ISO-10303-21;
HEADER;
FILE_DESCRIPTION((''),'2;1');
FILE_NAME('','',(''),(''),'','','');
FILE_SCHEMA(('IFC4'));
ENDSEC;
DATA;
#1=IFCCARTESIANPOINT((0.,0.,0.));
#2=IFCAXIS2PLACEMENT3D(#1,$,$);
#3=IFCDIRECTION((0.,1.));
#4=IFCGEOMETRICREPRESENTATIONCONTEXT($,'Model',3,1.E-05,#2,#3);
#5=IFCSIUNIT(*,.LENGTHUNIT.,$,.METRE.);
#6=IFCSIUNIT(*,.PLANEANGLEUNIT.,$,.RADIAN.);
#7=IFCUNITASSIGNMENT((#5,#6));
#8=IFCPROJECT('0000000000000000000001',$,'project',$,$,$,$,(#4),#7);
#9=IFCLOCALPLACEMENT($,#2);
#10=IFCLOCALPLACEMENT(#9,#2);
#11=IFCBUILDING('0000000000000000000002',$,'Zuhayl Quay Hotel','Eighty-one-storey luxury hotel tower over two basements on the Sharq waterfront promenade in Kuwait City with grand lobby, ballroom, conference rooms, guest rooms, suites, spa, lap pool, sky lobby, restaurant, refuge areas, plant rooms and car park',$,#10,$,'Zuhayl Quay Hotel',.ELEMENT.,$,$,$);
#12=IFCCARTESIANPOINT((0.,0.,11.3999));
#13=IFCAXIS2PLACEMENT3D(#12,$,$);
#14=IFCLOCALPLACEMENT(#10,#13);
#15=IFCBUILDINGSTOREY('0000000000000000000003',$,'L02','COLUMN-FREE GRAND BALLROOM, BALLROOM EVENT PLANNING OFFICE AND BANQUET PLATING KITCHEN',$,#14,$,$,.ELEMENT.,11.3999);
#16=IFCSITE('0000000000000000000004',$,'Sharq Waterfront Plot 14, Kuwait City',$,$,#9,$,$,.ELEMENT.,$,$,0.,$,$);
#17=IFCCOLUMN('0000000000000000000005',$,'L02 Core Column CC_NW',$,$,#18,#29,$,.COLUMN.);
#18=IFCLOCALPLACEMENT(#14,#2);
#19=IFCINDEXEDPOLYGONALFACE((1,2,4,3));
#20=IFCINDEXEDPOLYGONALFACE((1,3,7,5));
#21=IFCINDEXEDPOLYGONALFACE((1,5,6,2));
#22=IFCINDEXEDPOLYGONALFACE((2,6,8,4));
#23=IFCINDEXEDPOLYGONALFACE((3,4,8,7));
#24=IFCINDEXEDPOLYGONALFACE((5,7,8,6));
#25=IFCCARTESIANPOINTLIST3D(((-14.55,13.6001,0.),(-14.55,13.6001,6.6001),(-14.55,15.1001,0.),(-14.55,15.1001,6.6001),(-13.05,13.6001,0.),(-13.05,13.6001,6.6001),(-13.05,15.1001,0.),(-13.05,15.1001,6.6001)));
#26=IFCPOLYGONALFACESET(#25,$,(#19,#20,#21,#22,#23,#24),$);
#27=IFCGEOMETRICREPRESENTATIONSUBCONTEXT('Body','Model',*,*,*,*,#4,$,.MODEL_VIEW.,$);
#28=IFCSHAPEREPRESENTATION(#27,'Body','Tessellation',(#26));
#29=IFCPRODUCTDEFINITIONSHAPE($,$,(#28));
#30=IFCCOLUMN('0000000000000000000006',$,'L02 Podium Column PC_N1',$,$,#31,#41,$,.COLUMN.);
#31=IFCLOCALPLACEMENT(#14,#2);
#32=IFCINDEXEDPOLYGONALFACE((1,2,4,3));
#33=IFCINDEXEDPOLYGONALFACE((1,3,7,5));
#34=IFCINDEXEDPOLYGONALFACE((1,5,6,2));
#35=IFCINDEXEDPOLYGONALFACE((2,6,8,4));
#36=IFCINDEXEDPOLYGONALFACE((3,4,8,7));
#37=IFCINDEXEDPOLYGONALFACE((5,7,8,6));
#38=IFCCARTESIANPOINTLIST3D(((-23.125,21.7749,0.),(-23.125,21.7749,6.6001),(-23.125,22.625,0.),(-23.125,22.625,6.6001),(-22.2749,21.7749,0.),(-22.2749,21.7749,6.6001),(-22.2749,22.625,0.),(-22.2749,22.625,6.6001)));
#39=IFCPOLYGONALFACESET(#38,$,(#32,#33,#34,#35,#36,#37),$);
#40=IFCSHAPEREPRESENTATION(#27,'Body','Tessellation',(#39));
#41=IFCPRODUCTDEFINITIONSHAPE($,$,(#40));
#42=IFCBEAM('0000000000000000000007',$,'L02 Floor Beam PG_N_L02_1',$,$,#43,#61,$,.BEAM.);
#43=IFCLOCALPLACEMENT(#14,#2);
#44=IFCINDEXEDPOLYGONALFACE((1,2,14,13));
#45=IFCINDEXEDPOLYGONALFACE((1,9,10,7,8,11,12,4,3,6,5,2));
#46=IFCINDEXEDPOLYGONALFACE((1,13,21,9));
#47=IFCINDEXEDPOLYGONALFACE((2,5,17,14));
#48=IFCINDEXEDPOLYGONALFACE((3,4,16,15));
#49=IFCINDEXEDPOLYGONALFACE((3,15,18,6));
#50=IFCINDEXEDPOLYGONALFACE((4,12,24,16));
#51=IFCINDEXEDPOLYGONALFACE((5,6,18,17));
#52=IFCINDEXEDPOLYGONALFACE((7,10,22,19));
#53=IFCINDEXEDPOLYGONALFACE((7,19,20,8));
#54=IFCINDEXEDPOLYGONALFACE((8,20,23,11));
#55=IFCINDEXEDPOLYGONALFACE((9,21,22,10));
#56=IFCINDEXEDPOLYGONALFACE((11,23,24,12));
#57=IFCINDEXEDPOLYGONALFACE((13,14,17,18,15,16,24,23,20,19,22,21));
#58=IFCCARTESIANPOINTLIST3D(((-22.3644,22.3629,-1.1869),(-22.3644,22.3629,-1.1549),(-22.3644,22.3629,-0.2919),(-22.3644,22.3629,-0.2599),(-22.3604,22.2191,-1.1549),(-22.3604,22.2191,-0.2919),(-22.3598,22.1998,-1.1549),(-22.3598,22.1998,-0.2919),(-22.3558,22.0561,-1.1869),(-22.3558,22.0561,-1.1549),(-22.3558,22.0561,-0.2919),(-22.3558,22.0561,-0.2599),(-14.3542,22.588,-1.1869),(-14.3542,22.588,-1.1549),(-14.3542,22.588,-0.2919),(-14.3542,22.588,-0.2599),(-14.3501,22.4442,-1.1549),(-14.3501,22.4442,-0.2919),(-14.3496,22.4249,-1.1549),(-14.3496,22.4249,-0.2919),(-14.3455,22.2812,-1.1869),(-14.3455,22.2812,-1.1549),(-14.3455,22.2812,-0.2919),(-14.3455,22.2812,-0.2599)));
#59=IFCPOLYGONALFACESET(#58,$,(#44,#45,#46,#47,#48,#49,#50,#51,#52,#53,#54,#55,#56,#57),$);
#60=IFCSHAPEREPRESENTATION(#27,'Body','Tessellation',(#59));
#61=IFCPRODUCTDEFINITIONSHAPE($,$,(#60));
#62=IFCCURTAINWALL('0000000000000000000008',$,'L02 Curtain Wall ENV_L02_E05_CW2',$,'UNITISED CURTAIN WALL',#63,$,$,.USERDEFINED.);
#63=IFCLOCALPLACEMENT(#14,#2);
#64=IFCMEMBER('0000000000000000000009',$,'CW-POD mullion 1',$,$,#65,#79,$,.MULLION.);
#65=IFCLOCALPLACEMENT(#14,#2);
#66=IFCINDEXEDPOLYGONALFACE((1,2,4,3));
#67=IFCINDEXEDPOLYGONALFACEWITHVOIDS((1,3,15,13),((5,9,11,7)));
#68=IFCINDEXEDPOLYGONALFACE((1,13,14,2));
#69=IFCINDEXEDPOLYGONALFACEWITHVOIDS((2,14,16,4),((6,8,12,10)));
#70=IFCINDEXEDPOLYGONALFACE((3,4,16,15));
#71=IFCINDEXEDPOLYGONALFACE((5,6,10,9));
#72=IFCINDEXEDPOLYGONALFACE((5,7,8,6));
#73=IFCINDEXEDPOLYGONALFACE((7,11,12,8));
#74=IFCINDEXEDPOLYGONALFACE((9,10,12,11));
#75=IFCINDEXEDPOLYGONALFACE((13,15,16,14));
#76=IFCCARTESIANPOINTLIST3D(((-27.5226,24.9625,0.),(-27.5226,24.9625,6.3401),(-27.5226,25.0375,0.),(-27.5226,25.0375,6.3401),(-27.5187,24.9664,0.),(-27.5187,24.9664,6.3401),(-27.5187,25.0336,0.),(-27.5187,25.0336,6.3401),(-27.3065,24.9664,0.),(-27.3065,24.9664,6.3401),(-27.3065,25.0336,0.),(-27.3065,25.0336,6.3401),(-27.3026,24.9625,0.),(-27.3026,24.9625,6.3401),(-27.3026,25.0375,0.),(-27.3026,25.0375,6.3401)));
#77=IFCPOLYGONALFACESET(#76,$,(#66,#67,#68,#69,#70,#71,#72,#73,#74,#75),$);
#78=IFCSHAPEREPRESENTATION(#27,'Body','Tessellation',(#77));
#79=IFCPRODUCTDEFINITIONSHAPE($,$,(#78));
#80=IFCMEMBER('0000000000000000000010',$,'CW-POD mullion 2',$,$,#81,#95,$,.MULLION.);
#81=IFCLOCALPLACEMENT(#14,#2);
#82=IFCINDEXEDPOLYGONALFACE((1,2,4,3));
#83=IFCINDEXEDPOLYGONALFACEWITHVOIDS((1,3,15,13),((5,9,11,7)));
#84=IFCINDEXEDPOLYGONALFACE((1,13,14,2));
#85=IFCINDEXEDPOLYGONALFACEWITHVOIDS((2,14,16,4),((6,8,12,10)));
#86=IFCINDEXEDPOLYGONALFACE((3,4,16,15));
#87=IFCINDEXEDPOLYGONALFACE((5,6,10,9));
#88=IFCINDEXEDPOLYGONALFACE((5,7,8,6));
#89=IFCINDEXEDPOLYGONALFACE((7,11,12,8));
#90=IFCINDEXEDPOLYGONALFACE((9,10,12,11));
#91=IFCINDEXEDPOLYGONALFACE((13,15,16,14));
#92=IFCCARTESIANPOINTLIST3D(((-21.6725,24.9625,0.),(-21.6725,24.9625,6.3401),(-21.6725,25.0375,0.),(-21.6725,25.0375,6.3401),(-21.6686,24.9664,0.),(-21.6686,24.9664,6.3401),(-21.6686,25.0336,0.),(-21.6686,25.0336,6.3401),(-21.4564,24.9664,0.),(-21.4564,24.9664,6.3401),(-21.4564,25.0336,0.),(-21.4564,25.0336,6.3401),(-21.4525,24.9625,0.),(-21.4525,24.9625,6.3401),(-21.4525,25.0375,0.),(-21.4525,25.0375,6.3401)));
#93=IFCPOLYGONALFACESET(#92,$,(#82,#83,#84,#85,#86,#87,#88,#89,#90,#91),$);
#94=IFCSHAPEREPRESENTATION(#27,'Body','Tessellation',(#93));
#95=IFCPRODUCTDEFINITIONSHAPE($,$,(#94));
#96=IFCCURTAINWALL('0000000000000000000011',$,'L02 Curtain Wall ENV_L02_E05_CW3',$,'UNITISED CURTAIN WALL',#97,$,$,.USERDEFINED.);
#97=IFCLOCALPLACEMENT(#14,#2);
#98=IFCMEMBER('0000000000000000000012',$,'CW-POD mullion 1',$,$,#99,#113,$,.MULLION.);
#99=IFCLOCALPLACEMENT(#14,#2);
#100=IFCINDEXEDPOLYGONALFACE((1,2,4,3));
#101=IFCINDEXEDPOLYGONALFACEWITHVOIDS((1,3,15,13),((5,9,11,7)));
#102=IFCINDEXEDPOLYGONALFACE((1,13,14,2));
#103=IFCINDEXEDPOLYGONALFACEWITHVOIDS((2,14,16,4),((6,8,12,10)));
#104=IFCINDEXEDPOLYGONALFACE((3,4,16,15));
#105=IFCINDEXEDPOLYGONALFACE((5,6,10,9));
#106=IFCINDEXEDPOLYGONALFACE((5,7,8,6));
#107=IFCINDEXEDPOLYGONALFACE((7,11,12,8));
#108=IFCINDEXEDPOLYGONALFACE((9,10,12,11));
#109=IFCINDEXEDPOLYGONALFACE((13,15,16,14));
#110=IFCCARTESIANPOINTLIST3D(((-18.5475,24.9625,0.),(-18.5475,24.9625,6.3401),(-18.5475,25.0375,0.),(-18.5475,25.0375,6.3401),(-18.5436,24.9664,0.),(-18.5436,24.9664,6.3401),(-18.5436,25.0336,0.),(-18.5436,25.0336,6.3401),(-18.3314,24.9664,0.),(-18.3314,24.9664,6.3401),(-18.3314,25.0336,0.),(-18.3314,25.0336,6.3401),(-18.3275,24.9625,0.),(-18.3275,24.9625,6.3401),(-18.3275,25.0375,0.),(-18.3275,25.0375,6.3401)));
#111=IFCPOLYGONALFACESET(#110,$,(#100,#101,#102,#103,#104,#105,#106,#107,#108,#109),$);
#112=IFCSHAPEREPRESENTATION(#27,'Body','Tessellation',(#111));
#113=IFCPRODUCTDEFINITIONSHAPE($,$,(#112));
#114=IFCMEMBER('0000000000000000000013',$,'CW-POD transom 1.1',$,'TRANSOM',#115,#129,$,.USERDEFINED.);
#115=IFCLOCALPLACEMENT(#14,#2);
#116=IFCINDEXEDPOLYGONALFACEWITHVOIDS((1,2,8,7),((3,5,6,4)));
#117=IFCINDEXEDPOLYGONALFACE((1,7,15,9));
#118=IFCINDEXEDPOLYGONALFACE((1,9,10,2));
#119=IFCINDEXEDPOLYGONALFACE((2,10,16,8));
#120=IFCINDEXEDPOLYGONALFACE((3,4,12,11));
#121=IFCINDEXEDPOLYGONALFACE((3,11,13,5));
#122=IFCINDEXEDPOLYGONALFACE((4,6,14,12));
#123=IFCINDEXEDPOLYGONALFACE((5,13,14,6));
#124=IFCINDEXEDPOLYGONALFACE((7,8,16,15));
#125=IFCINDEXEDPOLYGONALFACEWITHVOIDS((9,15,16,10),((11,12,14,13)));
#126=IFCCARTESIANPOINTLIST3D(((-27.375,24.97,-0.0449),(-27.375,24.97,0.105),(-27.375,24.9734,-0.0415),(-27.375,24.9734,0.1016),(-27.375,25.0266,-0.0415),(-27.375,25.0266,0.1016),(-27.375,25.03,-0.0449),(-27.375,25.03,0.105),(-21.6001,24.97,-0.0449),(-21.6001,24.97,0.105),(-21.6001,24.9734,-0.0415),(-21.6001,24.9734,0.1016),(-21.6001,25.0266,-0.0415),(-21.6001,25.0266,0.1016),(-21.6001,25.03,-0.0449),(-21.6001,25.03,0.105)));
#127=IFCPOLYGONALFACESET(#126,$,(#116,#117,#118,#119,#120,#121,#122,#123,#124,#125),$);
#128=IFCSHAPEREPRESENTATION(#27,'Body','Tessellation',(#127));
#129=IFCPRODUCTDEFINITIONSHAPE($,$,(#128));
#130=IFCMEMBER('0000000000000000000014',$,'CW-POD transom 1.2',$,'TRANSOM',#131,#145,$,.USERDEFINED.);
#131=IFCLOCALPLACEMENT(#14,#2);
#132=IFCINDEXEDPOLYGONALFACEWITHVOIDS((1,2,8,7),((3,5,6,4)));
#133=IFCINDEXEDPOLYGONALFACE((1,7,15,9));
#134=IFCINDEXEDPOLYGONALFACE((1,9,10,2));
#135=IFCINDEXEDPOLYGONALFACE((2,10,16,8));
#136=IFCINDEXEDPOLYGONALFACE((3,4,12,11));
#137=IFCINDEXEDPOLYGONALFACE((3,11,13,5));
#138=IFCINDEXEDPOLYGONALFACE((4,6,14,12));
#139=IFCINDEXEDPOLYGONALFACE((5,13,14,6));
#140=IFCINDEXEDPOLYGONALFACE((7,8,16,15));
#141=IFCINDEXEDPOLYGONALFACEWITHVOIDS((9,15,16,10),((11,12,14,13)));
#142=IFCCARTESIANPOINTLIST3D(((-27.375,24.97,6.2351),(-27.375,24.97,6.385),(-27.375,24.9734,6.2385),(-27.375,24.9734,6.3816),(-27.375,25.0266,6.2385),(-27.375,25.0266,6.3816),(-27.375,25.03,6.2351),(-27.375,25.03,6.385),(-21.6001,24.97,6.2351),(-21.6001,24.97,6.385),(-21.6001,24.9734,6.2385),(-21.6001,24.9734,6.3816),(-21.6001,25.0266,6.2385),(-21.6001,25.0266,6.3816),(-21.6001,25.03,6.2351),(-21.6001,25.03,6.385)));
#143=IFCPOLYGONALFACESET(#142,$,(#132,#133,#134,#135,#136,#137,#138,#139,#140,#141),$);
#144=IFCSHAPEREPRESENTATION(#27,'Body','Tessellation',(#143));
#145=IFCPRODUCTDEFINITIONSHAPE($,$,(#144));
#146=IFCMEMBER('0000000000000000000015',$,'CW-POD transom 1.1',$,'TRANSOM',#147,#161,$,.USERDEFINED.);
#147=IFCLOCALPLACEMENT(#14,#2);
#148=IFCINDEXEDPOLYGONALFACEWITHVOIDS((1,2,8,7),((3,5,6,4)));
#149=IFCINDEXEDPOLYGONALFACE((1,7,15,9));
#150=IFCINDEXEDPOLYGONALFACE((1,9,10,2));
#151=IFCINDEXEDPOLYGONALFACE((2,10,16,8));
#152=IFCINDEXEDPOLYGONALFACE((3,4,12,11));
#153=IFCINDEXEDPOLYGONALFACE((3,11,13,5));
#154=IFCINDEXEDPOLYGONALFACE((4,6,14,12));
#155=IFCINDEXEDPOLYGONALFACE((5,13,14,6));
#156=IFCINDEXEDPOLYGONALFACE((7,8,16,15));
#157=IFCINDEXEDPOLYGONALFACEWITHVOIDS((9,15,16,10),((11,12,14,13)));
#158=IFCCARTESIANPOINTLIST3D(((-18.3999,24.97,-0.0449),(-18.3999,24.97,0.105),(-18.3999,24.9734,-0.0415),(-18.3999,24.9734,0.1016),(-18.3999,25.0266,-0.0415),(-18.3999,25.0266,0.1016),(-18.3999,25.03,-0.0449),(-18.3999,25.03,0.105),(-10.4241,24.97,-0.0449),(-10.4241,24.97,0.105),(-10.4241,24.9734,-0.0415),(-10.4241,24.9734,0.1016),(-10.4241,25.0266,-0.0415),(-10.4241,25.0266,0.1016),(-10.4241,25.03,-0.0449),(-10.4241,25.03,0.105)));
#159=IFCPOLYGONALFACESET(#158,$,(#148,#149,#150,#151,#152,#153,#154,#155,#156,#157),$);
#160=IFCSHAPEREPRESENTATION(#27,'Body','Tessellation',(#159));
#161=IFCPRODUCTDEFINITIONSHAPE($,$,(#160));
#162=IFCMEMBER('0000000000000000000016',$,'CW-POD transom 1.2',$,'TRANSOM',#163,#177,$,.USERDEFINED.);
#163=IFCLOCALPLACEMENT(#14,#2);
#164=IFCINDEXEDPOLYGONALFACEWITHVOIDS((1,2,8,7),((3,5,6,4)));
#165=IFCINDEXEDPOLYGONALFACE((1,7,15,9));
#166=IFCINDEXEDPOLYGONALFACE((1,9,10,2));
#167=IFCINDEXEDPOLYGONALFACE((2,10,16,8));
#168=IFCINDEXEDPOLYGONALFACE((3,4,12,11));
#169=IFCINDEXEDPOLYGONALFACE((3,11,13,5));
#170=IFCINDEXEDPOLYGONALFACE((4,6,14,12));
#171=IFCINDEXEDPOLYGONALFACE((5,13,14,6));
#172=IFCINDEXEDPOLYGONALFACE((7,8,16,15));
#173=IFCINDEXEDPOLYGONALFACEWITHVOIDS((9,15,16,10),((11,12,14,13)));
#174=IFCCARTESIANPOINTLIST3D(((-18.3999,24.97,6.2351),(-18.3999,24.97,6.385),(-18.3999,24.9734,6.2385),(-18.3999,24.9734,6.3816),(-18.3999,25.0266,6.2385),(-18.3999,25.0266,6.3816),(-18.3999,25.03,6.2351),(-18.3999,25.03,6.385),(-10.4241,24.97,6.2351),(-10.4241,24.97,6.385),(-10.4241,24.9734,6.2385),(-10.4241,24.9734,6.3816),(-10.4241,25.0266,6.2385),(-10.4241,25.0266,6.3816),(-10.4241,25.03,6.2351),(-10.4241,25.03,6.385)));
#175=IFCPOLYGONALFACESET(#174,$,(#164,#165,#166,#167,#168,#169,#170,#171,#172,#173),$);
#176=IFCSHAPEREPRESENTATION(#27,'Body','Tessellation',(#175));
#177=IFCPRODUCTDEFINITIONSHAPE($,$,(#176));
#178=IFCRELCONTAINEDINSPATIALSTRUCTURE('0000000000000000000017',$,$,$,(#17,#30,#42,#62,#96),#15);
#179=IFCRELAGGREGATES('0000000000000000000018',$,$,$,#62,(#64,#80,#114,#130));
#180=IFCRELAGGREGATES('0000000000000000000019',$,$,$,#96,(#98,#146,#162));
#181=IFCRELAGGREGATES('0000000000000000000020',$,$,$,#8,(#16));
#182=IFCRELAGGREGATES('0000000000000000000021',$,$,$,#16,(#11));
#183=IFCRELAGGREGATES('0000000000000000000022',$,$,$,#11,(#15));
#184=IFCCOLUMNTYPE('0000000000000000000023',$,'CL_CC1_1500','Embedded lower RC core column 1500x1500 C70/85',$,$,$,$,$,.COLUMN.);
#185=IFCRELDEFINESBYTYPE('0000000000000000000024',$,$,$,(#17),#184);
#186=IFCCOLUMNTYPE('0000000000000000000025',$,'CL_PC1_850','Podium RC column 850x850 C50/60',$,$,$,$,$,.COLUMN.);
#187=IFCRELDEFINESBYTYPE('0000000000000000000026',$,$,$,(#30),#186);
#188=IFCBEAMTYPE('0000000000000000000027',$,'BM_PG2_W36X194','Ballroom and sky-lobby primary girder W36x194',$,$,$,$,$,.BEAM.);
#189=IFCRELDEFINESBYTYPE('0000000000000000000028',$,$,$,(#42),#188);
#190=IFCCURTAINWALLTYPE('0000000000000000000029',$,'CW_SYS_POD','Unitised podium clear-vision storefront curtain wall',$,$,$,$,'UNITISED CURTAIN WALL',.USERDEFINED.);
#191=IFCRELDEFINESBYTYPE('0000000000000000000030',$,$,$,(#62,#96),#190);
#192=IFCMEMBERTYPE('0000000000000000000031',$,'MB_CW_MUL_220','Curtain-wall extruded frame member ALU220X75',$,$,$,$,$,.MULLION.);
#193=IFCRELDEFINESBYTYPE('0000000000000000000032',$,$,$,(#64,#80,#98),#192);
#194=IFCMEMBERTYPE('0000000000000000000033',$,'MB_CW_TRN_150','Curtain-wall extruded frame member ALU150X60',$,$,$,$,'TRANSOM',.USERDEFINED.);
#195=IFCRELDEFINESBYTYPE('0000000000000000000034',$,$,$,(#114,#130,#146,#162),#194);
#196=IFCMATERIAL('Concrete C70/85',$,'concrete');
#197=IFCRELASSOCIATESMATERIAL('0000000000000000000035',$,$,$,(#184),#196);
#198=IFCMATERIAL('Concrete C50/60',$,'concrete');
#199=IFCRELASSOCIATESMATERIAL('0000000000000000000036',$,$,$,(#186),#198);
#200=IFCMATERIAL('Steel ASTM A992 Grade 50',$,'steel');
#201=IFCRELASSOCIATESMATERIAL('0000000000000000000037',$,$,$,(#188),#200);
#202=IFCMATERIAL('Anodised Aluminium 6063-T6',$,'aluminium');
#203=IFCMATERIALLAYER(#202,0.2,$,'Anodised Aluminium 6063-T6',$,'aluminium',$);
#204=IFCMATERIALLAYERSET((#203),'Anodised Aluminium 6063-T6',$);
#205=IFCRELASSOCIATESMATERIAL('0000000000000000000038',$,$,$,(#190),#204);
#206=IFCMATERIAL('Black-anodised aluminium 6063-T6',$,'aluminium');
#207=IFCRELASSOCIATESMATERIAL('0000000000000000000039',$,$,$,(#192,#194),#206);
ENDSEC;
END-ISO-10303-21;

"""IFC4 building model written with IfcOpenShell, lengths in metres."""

from ifc_helpers import new_model, si_unit, direction, frame, origin, origin_2d, place, context, subcontext, project, spatial, rectangle, hollow_rectangle, i_section, extrude, material, layer, layer_set, material_profile, profile_set, type_object, element, aggregate, save


model = new_model("IFC4")

# Units and contexts
model_context = context("Model", 3, precision=1e-05, world=origin(), true_north=direction((0.0, 1.0)))
body_context = subcontext(model_context, "Body", "Model", "MODEL_VIEW")
ifc_project = project(units=[si_unit("LENGTHUNIT", "METRE"), si_unit("PLANEANGLEUNIT", "RADIAN")], contexts=[model_context])

# Site, building, storey
site_placement = place(None, origin())
site = spatial("IfcSite", under=ifc_project, at=site_placement, Name="Sharq Waterfront Plot 14, Kuwait City", CompositionType="ELEMENT", RefElevation=0.0)
building_placement = place(site_placement, origin())
building = spatial("IfcBuilding", under=site, at=building_placement, Name="Zuhayl Quay Hotel", Description="Eighty-one-storey luxury hotel tower over two basements on the Sharq waterfront promenade in Kuwait City with grand lobby, ballroom, conference rooms, guest rooms, suites, spa, lap pool, sky lobby, restaurant, refuge areas, plant rooms and car park", LongName="Zuhayl Quay Hotel", CompositionType="ELEMENT")
storey_placement = place(building_placement, frame((0.0, 0.0, 11.3999)))
storey = spatial("IfcBuildingStorey", under=building, at=storey_placement, Name="L02", Description="COLUMN-FREE GRAND BALLROOM, BALLROOM EVENT PLANNING OFFICE AND BANQUET PLATING KITCHEN", CompositionType="ELEMENT", Elevation=11.3999)

# Columns
ifc_material_1 = material(Name="Concrete C70/85", Category="concrete")
ifc_material_profile_1 = material_profile(ifc_material_1, rectangle(XDim=1.5, YDim=1.5, at=origin_2d()), Name="RC1500X1500")
ifc_profile_set_1 = profile_set([ifc_material_profile_1], Name="Concrete C70/85")
column_type_1 = type_object("IfcColumnType", Name="CL_CC1_1500", Description="Embedded lower RC core column 1500x1500 C70/85", PredefinedType="COLUMN", material=ifc_profile_set_1)
column_1_placement = place(storey_placement, frame((-13.8, 14.3501, 0.0), z_axis=(0.0, 0.0, 1.0), x_axis=(1.0, 0.0, 0.0)))
element("IfcColumn", 1, at=column_1_placement, inside=storey, type_object=column_type_1, Name="L02 Core Column CC_NW", PredefinedType="COLUMN", context=body_context, shape_type="SweptSolid", body=[
    extrude(rectangle(XDim=1.5, YDim=1.5, at=origin_2d()), origin(), (0.0, 0.0, 1.0), 6.6001),
])
ifc_material_2 = material(Name="Concrete C50/60", Category="concrete")
ifc_material_profile_2 = material_profile(ifc_material_2, rectangle(XDim=0.8501, YDim=0.8501, at=origin_2d()), Name="RC850X850")
ifc_profile_set_2 = profile_set([ifc_material_profile_2], Name="Concrete C50/60")
column_type_2 = type_object("IfcColumnType", Name="CL_PC1_850", Description="Podium RC column 850x850 C50/60", PredefinedType="COLUMN", material=ifc_profile_set_2)
column_2_placement = place(storey_placement, frame((-22.7, 22.2, 0.0), z_axis=(0.0, 0.0, 1.0), x_axis=(1.0, 0.0, 0.0)))
element("IfcColumn", 2, at=column_2_placement, inside=storey, type_object=column_type_2, Name="L02 Podium Column PC_N1", PredefinedType="COLUMN", context=body_context, shape_type="SweptSolid", body=[
    extrude(rectangle(XDim=0.8501, YDim=0.8501, at=origin_2d()), origin(), (0.0, 0.0, 1.0), 6.6001),
])

# Beam
ifc_material_3 = material(Name="Steel ASTM A992 Grade 50", Category="steel")
ifc_material_profile_3 = material_profile(ifc_material_3, i_section(OverallWidth=0.3069, OverallDepth=0.927, WebThickness=0.0193, FlangeThickness=0.032, at=origin_2d()), Name="W36X194")
ifc_profile_set_3 = profile_set([ifc_material_profile_3], Name="Steel ASTM A992 Grade 50")
beam_type = type_object("IfcBeamType", Name="BM_PG2_W36X194", Description="Ballroom and sky-lobby primary girder W36x194", PredefinedType="BEAM", material=ifc_profile_set_3)
beam_placement = place(storey_placement, frame((-22.3601, 22.2095, -0.7234), z_axis=(0.999605, 0.02809, 0.0), x_axis=(-0.02809, 0.999605, 0.0)))
element("IfcBeam", 3, at=beam_placement, inside=storey, type_object=beam_type, Name="L02 Floor Beam PG_N_L02_1", PredefinedType="BEAM", context=body_context, shape_type="SweptSolid", body=[
    extrude(i_section(OverallWidth=0.3069, OverallDepth=0.927, WebThickness=0.0193, FlangeThickness=0.032, at=origin_2d()), origin(), (0.0, 0.0, 1.0), 8.0134),
])

# Curtain wall, members
ifc_material_4 = material(Name="Anodised Aluminium 6063-T6", Category="aluminium")
ifc_layer_1 = layer(ifc_material_4, 0.2, Name="Anodised Aluminium 6063-T6", Category="aluminium")
ifc_layer_set_1 = layer_set([ifc_layer_1], Name="Anodised Aluminium 6063-T6")
curtain_wall_type = type_object("IfcCurtainWallType", Name="CW_SYS_POD", Description="Unitised podium clear-vision storefront curtain wall", ElementType="UNITISED CURTAIN WALL", PredefinedType="USERDEFINED", material=ifc_layer_set_1)
curtain_wall_1_placement = place(storey_placement, origin())
curtain_wall_1 = element("IfcCurtainWall", 4, at=curtain_wall_1_placement, inside=storey, type_object=curtain_wall_type, Name="L02 Curtain Wall ENV_L02_E05_CW2", ObjectType="UNITISED CURTAIN WALL", PredefinedType="USERDEFINED")
ifc_material_5 = material(Name="Black-anodised aluminium 6063-T6", Category="aluminium")
ifc_material_profile_4 = material_profile(ifc_material_5, hollow_rectangle(XDim=0.075, YDim=0.22, WallThickness=0.0039, at=origin_2d()), Name="ALU220X75")
ifc_profile_set_4 = profile_set([ifc_material_profile_4], Name="Black-anodised aluminium 6063-T6")
member_type_1 = type_object("IfcMemberType", Name="MB_CW_MUL_220", Description="Curtain-wall extruded frame member ALU220X75", PredefinedType="MULLION", material=ifc_profile_set_4)
member_1_placement = place(storey_placement, frame((-27.4126, 25.0, 0.0), z_axis=(0.0, 0.0, 1.0), x_axis=(0.0, 1.0, 0.0)))
member_1 = element("IfcMember", 5, at=member_1_placement, type_object=member_type_1, Name="CW-POD mullion 1", PredefinedType="MULLION", context=body_context, shape_type="SweptSolid", body=[
    extrude(hollow_rectangle(XDim=0.075, YDim=0.22, WallThickness=0.0039, at=origin_2d()), origin(), (0.0, 0.0, 1.0), 6.3401),
])
member_2_placement = place(storey_placement, frame((-21.5625, 25.0, 0.0), z_axis=(0.0, 0.0, 1.0), x_axis=(0.0, 1.0, 0.0)))
member_2 = element("IfcMember", 6, at=member_2_placement, type_object=member_type_1, Name="CW-POD mullion 2", PredefinedType="MULLION", context=body_context, shape_type="SweptSolid", body=[
    extrude(hollow_rectangle(XDim=0.075, YDim=0.22, WallThickness=0.0039, at=origin_2d()), origin(), (0.0, 0.0, 1.0), 6.3401),
])

# Curtain wall, member
curtain_wall_2_placement = place(storey_placement, origin())
curtain_wall_2 = element("IfcCurtainWall", 7, at=curtain_wall_2_placement, inside=storey, type_object=curtain_wall_type, Name="L02 Curtain Wall ENV_L02_E05_CW3", ObjectType="UNITISED CURTAIN WALL", PredefinedType="USERDEFINED")
member_3_placement = place(storey_placement, frame((-18.4375, 25.0, 0.0), z_axis=(0.0, 0.0, 1.0), x_axis=(0.0, 1.0, 0.0)))
member_3 = element("IfcMember", 8, at=member_3_placement, type_object=member_type_1, Name="CW-POD mullion 1", PredefinedType="MULLION", context=body_context, shape_type="SweptSolid", body=[
    extrude(hollow_rectangle(XDim=0.075, YDim=0.22, WallThickness=0.0039, at=origin_2d()), origin(), (0.0, 0.0, 1.0), 6.3401),
])

# Members
ifc_material_profile_5 = material_profile(ifc_material_5, hollow_rectangle(XDim=0.0601, YDim=0.1499, WallThickness=0.0034, at=origin_2d()), Name="ALU150X60")
ifc_profile_set_5 = profile_set([ifc_material_profile_5], Name="Black-anodised aluminium 6063-T6")
member_type_2 = type_object("IfcMemberType", Name="MB_CW_TRN_150", Description="Curtain-wall extruded frame member ALU150X60", ElementType="TRANSOM", PredefinedType="USERDEFINED", material=ifc_profile_set_5)
member_4_placement = place(storey_placement, frame((-27.375, 25.0, 0.03), z_axis=(1.0, 0.0, 0.0), x_axis=(0.0, 1.0, 0.0)))
member_4 = element("IfcMember", 9, at=member_4_placement, type_object=member_type_2, Name="CW-POD transom 1.1", ObjectType="TRANSOM", PredefinedType="USERDEFINED", context=body_context, shape_type="SweptSolid", body=[
    extrude(hollow_rectangle(XDim=0.0601, YDim=0.1499, WallThickness=0.0034, at=origin_2d()), origin(), (0.0, 0.0, 1.0), 5.7749),
])
member_5_placement = place(storey_placement, frame((-27.375, 25.0, 6.3101), z_axis=(1.0, 0.0, 0.0), x_axis=(0.0, 1.0, 0.0)))
member_5 = element("IfcMember", 10, at=member_5_placement, type_object=member_type_2, Name="CW-POD transom 1.2", ObjectType="TRANSOM", PredefinedType="USERDEFINED", context=body_context, shape_type="SweptSolid", body=[
    extrude(hollow_rectangle(XDim=0.0601, YDim=0.1499, WallThickness=0.0034, at=origin_2d()), origin(), (0.0, 0.0, 1.0), 5.7749),
])
member_6_placement = place(storey_placement, frame((-18.3999, 25.0, 0.03), z_axis=(1.0, 0.0, 0.0), x_axis=(0.0, 1.0, 0.0)))
member_6 = element("IfcMember", 11, at=member_6_placement, type_object=member_type_2, Name="CW-POD transom 1.1", ObjectType="TRANSOM", PredefinedType="USERDEFINED", context=body_context, shape_type="SweptSolid", body=[
    extrude(hollow_rectangle(XDim=0.0601, YDim=0.1499, WallThickness=0.0034, at=origin_2d()), origin(), (0.0, 0.0, 1.0), 7.9758),
])
member_7_placement = place(storey_placement, frame((-18.3999, 25.0, 6.3101), z_axis=(1.0, 0.0, 0.0), x_axis=(0.0, 1.0, 0.0)))
member_7 = element("IfcMember", 12, at=member_7_placement, type_object=member_type_2, Name="CW-POD transom 1.2", ObjectType="TRANSOM", PredefinedType="USERDEFINED", context=body_context, shape_type="SweptSolid", body=[
    extrude(hollow_rectangle(XDim=0.0601, YDim=0.1499, WallThickness=0.0034, at=origin_2d()), origin(), (0.0, 0.0, 1.0), 7.9758),
])

aggregate(curtain_wall_1, [member_1, member_2, member_4, member_5])
aggregate(curtain_wall_2, [member_3, member_6, member_7])

save(model, "model.ifc")
